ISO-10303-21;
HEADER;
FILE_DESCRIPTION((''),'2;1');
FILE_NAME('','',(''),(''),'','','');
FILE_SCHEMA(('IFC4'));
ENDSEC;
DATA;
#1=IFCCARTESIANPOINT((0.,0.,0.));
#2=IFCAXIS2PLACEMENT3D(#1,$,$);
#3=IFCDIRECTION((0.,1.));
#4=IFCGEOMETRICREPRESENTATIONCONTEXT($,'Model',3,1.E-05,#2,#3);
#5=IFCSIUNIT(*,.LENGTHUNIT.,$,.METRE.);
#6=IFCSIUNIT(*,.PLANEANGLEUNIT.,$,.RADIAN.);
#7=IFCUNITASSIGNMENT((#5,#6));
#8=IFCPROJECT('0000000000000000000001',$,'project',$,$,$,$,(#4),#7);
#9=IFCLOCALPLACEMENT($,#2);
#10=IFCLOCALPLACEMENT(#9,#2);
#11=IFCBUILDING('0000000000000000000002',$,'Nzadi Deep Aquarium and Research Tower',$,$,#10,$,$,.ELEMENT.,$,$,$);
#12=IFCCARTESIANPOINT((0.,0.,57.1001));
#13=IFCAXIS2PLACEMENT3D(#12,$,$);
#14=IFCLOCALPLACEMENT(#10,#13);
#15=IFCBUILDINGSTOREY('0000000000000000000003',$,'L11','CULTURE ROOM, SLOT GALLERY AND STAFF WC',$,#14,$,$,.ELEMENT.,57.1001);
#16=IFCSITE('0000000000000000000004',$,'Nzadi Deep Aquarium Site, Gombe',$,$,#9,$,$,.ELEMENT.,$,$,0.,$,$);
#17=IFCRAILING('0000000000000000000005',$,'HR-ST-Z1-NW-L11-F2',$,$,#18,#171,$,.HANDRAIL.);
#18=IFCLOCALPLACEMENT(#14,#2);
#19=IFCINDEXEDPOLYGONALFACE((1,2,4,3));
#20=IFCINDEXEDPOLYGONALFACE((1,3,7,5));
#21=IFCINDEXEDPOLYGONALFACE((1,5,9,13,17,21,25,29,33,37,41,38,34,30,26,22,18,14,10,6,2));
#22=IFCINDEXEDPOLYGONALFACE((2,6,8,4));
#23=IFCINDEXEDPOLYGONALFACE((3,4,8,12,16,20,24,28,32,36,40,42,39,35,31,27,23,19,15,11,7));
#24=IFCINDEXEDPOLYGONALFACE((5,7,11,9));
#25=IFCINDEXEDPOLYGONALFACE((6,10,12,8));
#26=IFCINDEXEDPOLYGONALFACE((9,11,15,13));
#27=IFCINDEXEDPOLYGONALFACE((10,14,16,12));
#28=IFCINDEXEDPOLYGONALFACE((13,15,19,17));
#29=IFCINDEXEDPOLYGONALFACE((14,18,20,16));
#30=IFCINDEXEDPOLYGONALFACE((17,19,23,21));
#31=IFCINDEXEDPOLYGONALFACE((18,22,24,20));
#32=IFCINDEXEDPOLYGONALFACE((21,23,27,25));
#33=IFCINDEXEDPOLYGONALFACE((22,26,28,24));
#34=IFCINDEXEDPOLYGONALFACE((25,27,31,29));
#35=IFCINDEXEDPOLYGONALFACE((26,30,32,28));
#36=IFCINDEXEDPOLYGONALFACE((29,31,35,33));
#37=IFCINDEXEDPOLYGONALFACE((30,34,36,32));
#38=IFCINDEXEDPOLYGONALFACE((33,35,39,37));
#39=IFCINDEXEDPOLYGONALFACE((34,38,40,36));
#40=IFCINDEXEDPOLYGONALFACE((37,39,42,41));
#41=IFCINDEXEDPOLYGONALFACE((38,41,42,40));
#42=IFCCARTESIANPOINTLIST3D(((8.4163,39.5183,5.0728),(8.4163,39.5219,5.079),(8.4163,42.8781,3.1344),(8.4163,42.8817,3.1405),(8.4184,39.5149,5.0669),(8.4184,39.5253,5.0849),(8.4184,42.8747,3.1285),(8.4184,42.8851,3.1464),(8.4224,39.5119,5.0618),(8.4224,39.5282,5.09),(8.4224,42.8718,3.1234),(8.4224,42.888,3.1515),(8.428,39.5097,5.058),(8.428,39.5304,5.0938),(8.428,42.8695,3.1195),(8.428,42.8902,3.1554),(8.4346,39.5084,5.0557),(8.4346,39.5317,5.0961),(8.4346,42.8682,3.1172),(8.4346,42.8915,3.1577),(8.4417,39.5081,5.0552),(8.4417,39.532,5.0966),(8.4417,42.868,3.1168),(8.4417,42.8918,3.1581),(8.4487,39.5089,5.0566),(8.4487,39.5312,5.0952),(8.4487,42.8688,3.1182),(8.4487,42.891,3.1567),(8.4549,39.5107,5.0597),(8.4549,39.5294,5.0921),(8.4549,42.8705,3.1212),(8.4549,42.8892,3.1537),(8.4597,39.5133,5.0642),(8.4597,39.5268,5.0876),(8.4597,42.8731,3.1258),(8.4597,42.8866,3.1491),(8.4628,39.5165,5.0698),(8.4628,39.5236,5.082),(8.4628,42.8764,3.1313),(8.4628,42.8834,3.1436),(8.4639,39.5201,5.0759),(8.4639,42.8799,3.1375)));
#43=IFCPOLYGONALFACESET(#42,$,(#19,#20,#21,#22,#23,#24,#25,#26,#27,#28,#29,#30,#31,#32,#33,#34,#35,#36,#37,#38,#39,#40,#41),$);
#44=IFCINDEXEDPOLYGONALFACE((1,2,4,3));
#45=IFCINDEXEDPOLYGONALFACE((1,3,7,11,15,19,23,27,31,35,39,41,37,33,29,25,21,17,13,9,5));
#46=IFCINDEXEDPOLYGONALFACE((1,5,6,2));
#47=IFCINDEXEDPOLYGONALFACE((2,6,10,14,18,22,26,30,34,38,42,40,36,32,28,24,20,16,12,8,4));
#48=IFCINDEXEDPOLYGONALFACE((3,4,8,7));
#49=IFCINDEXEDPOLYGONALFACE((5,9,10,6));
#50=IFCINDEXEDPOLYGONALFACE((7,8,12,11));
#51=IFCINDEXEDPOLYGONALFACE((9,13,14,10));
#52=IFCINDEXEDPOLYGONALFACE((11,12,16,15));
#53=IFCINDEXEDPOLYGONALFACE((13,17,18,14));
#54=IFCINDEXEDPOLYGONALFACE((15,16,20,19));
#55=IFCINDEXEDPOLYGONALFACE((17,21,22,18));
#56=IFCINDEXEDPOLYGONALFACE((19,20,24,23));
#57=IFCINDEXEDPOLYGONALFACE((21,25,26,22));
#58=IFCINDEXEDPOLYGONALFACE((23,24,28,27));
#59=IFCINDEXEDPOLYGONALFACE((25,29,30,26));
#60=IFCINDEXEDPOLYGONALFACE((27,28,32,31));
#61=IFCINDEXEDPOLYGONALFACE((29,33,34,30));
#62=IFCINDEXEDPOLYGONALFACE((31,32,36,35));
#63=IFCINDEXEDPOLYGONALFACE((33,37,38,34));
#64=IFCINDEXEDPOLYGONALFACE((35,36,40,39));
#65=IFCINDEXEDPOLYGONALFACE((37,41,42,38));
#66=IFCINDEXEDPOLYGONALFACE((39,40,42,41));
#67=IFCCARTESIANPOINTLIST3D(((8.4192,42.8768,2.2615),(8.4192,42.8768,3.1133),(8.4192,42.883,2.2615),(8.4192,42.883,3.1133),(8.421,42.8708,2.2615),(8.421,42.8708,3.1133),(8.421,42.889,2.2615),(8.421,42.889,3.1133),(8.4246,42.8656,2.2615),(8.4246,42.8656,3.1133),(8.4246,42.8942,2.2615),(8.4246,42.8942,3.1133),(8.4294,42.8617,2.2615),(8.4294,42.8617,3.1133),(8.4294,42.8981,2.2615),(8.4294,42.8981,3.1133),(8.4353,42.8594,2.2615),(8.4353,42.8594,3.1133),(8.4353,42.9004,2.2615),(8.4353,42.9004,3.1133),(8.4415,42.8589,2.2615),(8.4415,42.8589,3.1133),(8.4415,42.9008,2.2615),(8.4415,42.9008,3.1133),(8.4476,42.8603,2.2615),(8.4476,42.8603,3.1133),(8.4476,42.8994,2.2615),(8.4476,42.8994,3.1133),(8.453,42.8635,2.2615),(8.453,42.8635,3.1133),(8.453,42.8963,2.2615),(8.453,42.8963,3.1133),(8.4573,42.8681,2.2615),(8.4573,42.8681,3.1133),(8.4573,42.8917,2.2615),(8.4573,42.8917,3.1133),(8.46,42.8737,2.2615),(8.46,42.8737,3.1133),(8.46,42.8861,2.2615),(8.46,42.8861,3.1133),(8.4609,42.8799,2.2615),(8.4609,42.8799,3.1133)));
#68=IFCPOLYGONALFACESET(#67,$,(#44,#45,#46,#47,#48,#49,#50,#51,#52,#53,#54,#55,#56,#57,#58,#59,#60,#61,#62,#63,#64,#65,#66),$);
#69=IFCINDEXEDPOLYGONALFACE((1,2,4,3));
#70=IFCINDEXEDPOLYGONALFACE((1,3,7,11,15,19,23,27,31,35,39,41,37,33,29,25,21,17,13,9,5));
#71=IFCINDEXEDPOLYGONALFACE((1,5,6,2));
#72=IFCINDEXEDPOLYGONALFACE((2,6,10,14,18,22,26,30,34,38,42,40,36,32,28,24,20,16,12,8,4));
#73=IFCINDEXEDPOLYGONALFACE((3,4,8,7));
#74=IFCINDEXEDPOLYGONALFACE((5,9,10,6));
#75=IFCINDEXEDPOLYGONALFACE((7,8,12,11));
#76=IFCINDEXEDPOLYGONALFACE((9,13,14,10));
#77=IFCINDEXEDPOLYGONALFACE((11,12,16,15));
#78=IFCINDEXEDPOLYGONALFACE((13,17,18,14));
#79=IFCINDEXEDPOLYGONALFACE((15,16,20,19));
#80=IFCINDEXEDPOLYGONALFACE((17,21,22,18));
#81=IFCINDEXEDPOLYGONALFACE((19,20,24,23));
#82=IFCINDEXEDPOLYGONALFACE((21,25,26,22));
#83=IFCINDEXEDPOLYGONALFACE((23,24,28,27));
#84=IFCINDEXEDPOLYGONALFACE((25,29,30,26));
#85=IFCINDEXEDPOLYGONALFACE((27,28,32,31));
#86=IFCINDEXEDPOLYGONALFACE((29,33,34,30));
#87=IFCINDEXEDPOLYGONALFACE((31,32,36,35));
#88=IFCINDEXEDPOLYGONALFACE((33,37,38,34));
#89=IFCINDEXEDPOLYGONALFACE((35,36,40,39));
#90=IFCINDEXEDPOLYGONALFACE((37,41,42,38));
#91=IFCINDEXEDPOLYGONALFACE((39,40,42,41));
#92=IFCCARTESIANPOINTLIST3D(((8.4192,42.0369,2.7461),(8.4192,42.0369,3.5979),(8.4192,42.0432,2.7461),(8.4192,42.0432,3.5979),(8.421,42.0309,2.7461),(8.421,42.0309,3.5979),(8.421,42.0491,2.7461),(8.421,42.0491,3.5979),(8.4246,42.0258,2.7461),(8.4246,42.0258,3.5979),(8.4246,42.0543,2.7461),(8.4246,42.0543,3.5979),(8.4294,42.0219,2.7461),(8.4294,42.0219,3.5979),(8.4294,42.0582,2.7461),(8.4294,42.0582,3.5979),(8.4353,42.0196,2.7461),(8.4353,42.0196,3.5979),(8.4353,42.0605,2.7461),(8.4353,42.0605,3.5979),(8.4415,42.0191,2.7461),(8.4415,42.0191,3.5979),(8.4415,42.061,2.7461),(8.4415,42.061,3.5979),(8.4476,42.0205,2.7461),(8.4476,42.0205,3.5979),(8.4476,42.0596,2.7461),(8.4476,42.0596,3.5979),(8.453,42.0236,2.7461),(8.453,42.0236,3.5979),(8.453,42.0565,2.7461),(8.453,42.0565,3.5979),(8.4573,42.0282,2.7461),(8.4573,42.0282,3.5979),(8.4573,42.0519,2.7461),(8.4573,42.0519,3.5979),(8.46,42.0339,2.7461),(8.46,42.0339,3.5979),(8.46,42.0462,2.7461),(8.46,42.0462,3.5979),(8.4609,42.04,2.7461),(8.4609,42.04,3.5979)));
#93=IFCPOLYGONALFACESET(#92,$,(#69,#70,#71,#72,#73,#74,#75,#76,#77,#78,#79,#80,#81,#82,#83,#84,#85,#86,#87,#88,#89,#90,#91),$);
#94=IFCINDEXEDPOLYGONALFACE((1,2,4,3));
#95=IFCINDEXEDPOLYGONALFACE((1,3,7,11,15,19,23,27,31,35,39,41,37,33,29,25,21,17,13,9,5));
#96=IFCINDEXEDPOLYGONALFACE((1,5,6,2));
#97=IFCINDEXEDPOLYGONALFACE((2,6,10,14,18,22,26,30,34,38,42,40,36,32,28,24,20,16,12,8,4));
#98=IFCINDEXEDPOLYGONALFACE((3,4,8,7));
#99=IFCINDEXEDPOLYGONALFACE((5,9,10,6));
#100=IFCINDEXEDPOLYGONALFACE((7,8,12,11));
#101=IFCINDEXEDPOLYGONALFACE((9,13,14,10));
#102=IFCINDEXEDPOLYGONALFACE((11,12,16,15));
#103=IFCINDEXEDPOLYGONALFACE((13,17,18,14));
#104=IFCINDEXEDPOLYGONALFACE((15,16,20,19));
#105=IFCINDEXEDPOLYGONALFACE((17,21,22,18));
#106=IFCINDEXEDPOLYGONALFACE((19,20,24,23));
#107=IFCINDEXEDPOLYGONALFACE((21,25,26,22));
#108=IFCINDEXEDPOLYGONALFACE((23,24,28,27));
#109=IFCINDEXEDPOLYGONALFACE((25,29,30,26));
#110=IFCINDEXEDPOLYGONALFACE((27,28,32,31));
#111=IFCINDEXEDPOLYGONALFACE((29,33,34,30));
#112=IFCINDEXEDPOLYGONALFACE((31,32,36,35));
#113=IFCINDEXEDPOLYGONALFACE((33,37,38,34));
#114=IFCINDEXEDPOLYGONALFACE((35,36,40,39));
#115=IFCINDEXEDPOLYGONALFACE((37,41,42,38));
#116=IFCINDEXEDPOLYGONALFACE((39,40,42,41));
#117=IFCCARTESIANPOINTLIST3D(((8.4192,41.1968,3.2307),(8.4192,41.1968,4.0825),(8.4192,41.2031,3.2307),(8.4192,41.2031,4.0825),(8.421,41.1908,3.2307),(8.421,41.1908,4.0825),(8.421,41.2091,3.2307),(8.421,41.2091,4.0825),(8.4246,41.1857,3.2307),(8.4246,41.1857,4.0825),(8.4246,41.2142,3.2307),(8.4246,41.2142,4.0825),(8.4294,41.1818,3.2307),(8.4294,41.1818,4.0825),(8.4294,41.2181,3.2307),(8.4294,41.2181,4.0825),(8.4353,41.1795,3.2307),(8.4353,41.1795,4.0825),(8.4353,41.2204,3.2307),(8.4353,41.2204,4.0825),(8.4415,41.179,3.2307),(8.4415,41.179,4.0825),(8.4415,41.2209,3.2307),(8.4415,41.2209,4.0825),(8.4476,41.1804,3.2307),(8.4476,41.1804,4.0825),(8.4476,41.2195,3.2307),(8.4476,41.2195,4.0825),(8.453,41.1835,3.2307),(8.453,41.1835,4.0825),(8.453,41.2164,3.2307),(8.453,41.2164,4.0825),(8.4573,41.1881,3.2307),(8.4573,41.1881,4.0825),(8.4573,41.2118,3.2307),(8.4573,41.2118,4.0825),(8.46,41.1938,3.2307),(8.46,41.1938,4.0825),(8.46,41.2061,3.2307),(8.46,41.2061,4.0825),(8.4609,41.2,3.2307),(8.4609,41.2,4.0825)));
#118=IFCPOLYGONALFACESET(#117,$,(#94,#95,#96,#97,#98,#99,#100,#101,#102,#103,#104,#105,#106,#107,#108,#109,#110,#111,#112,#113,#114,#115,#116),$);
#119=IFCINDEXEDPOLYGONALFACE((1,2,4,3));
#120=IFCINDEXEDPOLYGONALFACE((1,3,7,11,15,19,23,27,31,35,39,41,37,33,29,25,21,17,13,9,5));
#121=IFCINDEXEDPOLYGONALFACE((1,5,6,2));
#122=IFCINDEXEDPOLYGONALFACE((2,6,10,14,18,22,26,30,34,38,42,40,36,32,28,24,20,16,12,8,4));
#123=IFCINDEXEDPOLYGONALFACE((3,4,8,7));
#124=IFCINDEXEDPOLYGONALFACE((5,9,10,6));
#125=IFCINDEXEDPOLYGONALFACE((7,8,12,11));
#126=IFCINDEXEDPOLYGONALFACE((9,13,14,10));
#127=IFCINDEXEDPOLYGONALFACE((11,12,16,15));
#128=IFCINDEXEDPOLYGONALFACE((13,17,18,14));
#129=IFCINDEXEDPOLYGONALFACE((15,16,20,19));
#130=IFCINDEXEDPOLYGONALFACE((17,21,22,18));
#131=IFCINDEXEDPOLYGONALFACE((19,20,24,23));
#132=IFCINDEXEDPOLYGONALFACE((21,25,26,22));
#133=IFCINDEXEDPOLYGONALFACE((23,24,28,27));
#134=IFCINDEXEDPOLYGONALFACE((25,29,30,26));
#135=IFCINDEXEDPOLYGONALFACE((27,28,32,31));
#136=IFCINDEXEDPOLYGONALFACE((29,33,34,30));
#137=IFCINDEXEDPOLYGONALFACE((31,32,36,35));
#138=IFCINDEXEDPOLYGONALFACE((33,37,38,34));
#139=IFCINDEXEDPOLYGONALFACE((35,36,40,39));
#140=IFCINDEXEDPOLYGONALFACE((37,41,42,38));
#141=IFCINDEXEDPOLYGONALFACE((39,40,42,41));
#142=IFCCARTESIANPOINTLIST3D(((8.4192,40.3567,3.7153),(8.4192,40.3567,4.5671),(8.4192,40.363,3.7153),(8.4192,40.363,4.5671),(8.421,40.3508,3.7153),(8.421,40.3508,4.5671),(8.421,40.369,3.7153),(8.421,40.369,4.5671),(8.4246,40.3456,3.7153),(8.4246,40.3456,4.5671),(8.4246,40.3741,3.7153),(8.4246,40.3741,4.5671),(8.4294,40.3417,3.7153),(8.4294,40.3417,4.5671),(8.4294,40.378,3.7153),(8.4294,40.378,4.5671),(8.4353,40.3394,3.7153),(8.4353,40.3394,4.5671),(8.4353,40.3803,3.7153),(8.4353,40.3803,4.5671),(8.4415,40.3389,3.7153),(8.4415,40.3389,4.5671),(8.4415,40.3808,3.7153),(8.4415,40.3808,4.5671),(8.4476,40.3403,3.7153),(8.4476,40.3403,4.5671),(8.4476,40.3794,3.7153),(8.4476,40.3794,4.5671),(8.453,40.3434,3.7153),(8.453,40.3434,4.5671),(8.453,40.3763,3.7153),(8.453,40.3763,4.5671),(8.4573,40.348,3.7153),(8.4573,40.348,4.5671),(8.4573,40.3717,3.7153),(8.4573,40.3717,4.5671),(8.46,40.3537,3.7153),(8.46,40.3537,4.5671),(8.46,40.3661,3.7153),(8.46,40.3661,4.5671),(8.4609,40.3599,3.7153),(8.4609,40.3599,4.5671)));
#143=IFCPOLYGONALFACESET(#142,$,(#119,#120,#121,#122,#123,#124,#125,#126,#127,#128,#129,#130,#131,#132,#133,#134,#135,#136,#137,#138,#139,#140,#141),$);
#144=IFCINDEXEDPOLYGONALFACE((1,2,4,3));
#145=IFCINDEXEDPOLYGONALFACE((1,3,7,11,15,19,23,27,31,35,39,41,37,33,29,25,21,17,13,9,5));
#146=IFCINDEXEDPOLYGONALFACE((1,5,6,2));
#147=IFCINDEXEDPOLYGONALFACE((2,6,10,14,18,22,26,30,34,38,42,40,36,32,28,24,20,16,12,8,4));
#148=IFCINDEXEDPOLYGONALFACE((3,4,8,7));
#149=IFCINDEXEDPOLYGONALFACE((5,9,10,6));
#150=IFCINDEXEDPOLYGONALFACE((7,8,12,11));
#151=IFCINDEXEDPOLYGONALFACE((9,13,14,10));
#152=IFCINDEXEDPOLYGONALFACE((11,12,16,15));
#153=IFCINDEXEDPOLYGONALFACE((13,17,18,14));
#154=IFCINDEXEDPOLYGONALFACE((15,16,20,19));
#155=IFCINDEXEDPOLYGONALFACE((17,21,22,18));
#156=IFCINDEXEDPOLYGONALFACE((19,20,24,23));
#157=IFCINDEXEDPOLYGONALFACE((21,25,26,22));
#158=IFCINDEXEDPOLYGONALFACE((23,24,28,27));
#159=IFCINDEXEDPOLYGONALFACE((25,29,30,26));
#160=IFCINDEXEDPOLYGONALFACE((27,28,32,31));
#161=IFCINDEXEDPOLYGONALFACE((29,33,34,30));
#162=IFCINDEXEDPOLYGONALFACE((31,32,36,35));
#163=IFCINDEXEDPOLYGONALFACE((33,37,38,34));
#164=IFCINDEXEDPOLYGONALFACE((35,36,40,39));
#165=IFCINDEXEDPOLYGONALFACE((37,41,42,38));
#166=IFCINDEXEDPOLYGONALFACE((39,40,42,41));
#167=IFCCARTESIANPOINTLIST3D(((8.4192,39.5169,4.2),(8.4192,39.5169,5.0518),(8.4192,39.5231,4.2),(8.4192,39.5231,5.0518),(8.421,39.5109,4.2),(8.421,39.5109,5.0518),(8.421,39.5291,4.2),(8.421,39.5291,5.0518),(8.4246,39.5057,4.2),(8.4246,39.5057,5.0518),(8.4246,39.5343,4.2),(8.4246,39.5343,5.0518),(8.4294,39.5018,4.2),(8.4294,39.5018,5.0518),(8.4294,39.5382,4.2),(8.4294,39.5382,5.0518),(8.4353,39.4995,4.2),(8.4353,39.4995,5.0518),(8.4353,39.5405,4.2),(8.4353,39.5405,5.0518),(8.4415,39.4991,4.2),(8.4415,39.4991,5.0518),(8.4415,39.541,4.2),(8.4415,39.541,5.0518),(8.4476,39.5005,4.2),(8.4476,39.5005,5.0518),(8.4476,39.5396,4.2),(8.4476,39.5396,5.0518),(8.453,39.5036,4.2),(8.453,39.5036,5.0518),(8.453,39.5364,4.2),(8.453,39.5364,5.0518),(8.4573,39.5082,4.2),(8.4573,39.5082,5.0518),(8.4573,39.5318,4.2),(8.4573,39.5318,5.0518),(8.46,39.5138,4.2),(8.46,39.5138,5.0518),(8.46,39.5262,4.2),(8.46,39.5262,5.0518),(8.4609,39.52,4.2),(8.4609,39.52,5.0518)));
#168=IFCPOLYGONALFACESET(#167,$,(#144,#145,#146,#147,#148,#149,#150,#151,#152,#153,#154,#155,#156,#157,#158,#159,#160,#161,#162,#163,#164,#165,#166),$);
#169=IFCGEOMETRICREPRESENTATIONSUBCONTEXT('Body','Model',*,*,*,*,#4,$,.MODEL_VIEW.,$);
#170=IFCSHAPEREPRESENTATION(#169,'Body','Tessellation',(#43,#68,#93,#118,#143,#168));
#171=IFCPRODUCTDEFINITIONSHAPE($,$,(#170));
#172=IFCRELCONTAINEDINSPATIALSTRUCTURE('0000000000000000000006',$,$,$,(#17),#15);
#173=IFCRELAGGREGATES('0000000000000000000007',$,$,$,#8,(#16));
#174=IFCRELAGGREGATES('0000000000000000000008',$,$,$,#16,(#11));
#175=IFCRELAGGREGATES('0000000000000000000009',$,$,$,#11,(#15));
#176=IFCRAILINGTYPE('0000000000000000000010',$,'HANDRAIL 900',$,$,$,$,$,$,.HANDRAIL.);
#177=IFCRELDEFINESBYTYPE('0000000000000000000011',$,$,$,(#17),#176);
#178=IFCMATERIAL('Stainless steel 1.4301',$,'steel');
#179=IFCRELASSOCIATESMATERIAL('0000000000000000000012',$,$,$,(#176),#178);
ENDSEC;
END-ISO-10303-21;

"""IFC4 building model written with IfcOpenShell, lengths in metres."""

from ifc_helpers import new_model, si_unit, direction, frame, origin, origin_2d, place, context, subcontext, project, spatial, circle, extrude, material, type_object, element, save


model = new_model("IFC4")

# Units and contexts
model_context = context("Model", 3, precision=1e-05, world=origin(), true_north=direction((0.0, 1.0)))
body_context = subcontext(model_context, "Body", "Model", "MODEL_VIEW")
ifc_project = project(units=[si_unit("LENGTHUNIT", "METRE"), si_unit("PLANEANGLEUNIT", "RADIAN")], contexts=[model_context])

# Site, building, storey
site_placement = place(None, origin())
site = spatial("IfcSite", under=ifc_project, at=site_placement, Name="Nzadi Deep Aquarium Site, Gombe", CompositionType="ELEMENT", RefElevation=0.0)
building_placement = place(site_placement, origin())
building = spatial("IfcBuilding", under=site, at=building_placement, Name="Nzadi Deep Aquarium and Research Tower", CompositionType="ELEMENT")
storey_placement = place(building_placement, frame((0.0, 0.0, 57.1001)))
storey = spatial("IfcBuildingStorey", under=building, at=storey_placement, Name="L11", Description="CULTURE ROOM, SLOT GALLERY AND STAFF WC", CompositionType="ELEMENT", Elevation=57.1001)

# Railing
ifc_material_1 = material(Name="Stainless steel 1.4301", Category="steel")
railing_type = type_object("IfcRailingType", Name="HANDRAIL 900", PredefinedType="HANDRAIL", material=ifc_material_1)
railing_placement = place(storey_placement, frame((8.4399, 42.8799, 2.2615)))
element("IfcRailing", 1, at=railing_placement, inside=storey, type_object=railing_type, Name="HR-ST-Z1-NW-L11-F2", PredefinedType="HANDRAIL", context=body_context, shape_type="SweptSolid", body=[
    extrude(circle(Radius=0.0239, at=origin_2d()), frame((0.0, 0.0, 0.876), z_axis=(0.0, -0.866175, 0.499741), x_axis=(1.0, 0.0, 0.0)), (0.0, 0.0, 1.0), 3.8789),
    extrude(circle(Radius=0.021, at=origin_2d()), origin(), (0.0, 0.0, 1.0), 0.8518),
    extrude(circle(Radius=0.021, at=origin_2d()), frame((0.0, -0.8398, 0.4846)), (0.0, 0.0, 1.0), 0.8518),
    extrude(circle(Radius=0.021, at=origin_2d()), frame((0.0, -1.6799, 0.9692)), (0.0, 0.0, 1.0), 0.8518),
    extrude(circle(Radius=0.021, at=origin_2d()), frame((0.0, -2.52, 1.4539)), (0.0, 0.0, 1.0), 0.8518),
    extrude(circle(Radius=0.021, at=origin_2d()), frame((0.0, -3.3599, 1.9385)), (0.0, 0.0, 1.0), 0.8518),
])

save(model, "model.ifc")
